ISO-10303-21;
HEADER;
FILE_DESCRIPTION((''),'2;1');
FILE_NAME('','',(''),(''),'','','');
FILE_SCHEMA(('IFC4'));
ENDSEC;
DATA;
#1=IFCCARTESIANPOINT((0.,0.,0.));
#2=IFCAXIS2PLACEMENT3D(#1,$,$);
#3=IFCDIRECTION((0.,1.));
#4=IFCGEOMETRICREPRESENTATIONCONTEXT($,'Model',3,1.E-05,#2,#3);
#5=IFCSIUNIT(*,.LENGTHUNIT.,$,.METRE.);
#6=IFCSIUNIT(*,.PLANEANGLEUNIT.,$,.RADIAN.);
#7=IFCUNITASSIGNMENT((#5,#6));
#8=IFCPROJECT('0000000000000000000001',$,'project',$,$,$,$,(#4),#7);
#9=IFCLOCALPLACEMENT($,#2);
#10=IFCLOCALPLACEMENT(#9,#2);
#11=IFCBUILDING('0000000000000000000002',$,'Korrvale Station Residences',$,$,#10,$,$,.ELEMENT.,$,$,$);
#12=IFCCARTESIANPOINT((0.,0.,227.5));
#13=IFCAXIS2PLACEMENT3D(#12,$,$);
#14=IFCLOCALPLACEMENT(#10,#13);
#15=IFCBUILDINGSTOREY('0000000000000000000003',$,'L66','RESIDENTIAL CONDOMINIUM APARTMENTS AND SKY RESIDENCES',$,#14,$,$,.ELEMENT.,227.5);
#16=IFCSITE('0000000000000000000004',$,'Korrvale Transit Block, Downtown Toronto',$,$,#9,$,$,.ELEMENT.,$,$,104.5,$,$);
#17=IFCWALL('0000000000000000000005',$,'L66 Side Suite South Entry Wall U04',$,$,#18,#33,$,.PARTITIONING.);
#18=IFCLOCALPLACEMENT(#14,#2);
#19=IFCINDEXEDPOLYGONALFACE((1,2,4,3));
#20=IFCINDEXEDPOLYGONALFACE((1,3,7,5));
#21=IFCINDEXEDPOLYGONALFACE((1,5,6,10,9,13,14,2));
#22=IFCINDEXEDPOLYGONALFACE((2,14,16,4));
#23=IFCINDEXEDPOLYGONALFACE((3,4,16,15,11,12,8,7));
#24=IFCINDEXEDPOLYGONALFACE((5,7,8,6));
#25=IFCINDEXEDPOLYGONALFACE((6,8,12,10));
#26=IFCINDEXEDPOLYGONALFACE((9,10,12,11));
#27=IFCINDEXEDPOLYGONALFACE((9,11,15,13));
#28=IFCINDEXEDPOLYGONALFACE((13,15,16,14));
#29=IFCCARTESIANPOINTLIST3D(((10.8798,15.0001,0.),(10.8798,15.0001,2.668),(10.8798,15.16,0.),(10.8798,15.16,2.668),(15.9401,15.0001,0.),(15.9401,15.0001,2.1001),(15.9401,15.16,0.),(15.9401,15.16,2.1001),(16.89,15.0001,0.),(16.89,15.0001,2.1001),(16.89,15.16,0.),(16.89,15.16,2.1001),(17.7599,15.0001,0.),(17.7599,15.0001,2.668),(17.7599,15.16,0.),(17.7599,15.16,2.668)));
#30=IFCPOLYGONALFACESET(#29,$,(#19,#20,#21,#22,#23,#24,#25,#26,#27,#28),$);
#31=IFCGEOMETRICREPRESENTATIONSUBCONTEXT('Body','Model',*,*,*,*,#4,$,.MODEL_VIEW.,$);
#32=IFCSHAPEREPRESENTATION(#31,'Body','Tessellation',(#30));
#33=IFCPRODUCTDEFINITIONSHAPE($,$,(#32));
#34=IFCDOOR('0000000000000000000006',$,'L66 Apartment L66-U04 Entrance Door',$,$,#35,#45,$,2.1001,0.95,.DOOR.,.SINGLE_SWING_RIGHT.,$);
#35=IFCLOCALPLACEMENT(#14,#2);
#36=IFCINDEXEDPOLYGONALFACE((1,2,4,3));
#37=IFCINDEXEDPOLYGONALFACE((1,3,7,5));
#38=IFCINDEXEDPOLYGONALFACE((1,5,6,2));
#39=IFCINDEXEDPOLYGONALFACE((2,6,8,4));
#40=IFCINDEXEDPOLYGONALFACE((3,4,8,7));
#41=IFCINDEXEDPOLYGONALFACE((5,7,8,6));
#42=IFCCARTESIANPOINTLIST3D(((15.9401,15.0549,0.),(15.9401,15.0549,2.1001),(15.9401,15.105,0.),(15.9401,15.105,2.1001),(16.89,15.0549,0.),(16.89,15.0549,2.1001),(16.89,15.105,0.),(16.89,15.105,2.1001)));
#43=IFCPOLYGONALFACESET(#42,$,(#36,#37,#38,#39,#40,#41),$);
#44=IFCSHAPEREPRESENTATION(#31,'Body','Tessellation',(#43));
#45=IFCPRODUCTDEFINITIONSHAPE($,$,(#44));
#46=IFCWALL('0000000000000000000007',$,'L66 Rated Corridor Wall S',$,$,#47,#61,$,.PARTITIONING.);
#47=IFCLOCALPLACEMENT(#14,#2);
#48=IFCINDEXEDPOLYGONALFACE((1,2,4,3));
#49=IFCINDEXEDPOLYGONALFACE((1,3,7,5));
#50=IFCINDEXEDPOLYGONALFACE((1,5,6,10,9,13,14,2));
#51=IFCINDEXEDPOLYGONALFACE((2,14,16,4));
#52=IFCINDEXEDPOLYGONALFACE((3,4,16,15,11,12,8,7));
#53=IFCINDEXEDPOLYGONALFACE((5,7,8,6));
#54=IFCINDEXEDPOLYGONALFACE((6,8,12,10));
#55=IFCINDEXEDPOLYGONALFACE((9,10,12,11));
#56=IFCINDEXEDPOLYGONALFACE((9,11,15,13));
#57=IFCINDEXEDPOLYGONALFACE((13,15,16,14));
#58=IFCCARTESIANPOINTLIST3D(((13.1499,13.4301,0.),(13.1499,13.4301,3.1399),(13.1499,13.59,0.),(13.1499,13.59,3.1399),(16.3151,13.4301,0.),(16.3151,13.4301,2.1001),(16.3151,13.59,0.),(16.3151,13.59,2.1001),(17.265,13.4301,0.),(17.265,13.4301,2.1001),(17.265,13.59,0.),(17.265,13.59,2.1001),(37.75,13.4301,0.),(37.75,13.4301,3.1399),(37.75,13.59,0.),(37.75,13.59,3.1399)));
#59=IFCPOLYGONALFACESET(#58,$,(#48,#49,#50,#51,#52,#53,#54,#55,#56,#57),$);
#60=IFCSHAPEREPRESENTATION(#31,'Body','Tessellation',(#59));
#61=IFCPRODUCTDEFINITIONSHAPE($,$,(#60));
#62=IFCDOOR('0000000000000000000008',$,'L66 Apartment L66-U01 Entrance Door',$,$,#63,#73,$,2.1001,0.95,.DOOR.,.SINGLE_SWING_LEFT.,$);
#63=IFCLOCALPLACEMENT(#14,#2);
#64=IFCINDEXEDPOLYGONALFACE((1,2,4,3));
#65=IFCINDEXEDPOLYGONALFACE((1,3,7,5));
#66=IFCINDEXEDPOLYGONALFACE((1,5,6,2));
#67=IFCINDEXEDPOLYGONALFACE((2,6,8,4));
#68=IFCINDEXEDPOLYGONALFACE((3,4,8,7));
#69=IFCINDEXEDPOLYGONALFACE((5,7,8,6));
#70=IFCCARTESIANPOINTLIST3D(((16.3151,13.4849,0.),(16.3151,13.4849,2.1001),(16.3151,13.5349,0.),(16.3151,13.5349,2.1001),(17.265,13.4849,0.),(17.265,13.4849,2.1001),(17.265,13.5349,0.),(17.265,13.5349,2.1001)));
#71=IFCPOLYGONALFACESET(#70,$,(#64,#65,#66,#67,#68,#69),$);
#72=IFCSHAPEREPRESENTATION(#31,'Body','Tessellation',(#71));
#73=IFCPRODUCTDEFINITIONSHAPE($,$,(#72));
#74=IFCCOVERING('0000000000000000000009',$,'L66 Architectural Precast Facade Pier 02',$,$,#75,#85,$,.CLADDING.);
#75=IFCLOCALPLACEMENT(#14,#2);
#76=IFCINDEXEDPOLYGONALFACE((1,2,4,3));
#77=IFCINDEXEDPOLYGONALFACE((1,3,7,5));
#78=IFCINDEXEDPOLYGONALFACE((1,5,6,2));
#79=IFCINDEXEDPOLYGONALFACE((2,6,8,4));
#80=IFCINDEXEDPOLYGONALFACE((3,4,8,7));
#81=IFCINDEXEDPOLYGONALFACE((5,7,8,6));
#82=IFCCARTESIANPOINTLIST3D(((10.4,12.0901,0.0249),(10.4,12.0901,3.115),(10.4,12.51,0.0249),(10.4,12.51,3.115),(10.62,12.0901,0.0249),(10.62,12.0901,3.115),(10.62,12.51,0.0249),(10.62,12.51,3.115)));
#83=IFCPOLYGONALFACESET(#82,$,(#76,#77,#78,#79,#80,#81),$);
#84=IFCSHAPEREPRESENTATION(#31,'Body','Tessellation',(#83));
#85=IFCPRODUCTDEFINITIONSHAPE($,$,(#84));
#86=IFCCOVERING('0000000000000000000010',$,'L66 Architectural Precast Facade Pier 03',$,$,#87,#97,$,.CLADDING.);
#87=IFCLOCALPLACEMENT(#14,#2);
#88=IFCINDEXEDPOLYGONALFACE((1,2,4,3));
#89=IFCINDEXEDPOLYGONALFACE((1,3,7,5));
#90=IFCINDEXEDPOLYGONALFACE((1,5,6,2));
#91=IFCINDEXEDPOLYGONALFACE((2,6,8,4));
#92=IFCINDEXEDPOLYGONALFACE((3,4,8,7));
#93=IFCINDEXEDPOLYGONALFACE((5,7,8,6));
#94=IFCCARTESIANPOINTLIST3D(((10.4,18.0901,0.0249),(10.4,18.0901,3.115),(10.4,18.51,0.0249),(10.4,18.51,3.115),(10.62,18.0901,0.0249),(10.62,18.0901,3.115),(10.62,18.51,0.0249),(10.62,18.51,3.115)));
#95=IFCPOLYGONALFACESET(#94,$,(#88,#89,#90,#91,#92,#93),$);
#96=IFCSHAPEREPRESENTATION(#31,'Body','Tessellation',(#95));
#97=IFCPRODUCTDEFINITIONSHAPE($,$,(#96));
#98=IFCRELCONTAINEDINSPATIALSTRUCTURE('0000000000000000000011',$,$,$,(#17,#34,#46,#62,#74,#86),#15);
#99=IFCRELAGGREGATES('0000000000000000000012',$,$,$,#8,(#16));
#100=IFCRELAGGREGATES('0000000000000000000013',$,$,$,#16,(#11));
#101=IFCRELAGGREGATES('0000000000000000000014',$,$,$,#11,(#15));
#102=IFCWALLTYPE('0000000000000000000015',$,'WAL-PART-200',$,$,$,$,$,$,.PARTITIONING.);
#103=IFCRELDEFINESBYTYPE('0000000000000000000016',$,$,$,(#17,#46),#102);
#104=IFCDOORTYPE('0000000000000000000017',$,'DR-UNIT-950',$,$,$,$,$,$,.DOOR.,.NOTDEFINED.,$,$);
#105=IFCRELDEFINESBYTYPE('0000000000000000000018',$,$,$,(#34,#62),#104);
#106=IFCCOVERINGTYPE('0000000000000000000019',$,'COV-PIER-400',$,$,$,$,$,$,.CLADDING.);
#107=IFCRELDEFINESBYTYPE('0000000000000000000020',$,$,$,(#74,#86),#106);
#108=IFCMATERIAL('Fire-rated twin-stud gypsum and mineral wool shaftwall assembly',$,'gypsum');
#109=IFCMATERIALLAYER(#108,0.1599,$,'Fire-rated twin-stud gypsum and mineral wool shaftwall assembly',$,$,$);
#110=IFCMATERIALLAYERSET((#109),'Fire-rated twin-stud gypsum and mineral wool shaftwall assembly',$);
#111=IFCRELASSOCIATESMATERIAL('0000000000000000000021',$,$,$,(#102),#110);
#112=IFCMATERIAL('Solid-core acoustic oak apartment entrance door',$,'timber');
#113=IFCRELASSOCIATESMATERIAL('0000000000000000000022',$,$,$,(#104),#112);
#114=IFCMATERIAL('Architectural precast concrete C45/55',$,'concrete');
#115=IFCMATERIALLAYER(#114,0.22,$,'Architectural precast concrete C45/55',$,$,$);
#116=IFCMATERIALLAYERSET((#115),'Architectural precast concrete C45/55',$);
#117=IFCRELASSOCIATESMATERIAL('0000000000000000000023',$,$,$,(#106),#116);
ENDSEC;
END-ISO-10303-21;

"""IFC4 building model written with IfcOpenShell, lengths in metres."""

from ifc_helpers import new_model, si_unit, direction, frame, frame_2d, origin, origin_2d, place, context, subcontext, project, spatial, rectangle, extrude, material, layer, layer_set, type_object, element, fill, save


model = new_model("IFC4")

# Units and contexts
model_context = context("Model", 3, precision=1e-05, world=origin(), true_north=direction((0.0, 1.0)))
body_context = subcontext(model_context, "Body", "Model", "MODEL_VIEW")
ifc_project = project(units=[si_unit("LENGTHUNIT", "METRE"), si_unit("PLANEANGLEUNIT", "RADIAN")], contexts=[model_context])

# Site, building, storey
site_placement = place(None, origin())
site = spatial("IfcSite", under=ifc_project, at=site_placement, Name="Korrvale Transit Block, Downtown Toronto", CompositionType="ELEMENT", RefElevation=104.5)
building_placement = place(site_placement, origin())
building = spatial("IfcBuilding", under=site, at=building_placement, Name="Korrvale Station Residences", CompositionType="ELEMENT")
storey_placement = place(building_placement, frame((0.0, 0.0, 227.5)))
storey = spatial("IfcBuildingStorey", under=building, at=storey_placement, Name="L66", Description="RESIDENTIAL CONDOMINIUM APARTMENTS AND SKY RESIDENCES", CompositionType="ELEMENT", Elevation=227.5)

# Shared definitions
ifc_material_1 = material(Name="Fire-rated twin-stud gypsum and mineral wool shaftwall assembly", Category="gypsum")
ifc_layer_1 = layer(ifc_material_1, 0.1599, Name="Fire-rated twin-stud gypsum and mineral wool shaftwall assembly")
ifc_layer_set_1 = layer_set([ifc_layer_1], Name="Fire-rated twin-stud gypsum and mineral wool shaftwall assembly")
wall_type_1 = type_object("IfcWallType", Name="WAL-PART-200", PredefinedType="PARTITIONING", material=ifc_layer_set_1)

# Walls, openings, doors
wall_1_placement = place(storey_placement, frame((10.8799, 15.0801, 0.0), z_axis=(0.0, 0.0, 1.0), x_axis=(1.0, 0.0, 0.0)))
wall_1 = element("IfcWall", 1, at=wall_1_placement, inside=storey, type_object=wall_type_1, Name="L66 Side Suite South Entry Wall U04", PredefinedType="PARTITIONING", context=body_context, shape_type="SweptSolid", body=[
    extrude(rectangle(XDim=6.8801, YDim=0.1599, at=frame_2d((3.4399, 0.0))), origin(), (0.0, 0.0, 1.0), 2.668),
])
opening_1_placement = place(wall_1_placement, frame((5.0601, 0.0, 0.0)))
opening_1 = element("IfcOpeningElement", 2, at=opening_1_placement, cuts=wall_1, PredefinedType="OPENING", context=body_context, shape_type="SweptSolid", body=[
    extrude(rectangle(XDim=0.95, YDim=2.1001, at=frame_2d((0.4751, 1.05))), frame((0.0, 0.0898, 0.0), z_axis=(0.0, -1.0, 0.0), x_axis=(1.0, 0.0, 0.0)), (0.0, 0.0, 1.0), 0.1799),
])
ifc_material_2 = material(Name="Solid-core acoustic oak apartment entrance door", Category="timber")
door_type_1 = type_object("IfcDoorType", Name="DR-UNIT-950", OperationType="NOTDEFINED", PredefinedType="DOOR", material=ifc_material_2)
door_1_placement = place(opening_1_placement, origin())
door_1 = element("IfcDoor", 3, at=door_1_placement, inside=storey, type_object=door_type_1, Name="L66 Apartment L66-U04 Entrance Door", OperationType="SINGLE_SWING_RIGHT", OverallHeight=2.1001, OverallWidth=0.95, PredefinedType="DOOR", context=body_context, shape_type="SweptSolid", body=[
    extrude(rectangle(XDim=0.95, YDim=2.1001, at=frame_2d((0.4751, 1.05))), frame((0.0, 0.0249, 0.0), z_axis=(0.0, -1.0, 0.0), x_axis=(1.0, 0.0, 0.0)), (0.0, 0.0, 1.0), 0.05),
])
fill(opening_1, door_1)
wall_2_placement = place(storey_placement, frame((13.1499, 13.51, 0.0), z_axis=(0.0, 0.0, 1.0), x_axis=(1.0, 0.0, 0.0)))
wall_2 = element("IfcWall", 4, at=wall_2_placement, inside=storey, type_object=wall_type_1, Name="L66 Rated Corridor Wall S", PredefinedType="PARTITIONING", context=body_context, shape_type="SweptSolid", body=[
    extrude(rectangle(XDim=24.6001, YDim=0.1599, at=frame_2d((12.3, 0.0))), origin(), (0.0, 0.0, 1.0), 3.1399),
])
opening_2_placement = place(wall_2_placement, frame((3.165, 0.0, 0.0)))
opening_2 = element("IfcOpeningElement", 5, at=opening_2_placement, cuts=wall_2, PredefinedType="OPENING", context=body_context, shape_type="SweptSolid", body=[
    extrude(rectangle(XDim=0.95, YDim=2.1001, at=frame_2d((0.4751, 1.05))), frame((0.0, 0.0898, 0.0), z_axis=(0.0, -1.0, 0.0), x_axis=(1.0, 0.0, 0.0)), (0.0, 0.0, 1.0), 0.1799),
])
door_2_placement = place(opening_2_placement, origin())
door_2 = element("IfcDoor", 6, at=door_2_placement, inside=storey, type_object=door_type_1, Name="L66 Apartment L66-U01 Entrance Door", OperationType="SINGLE_SWING_LEFT", OverallHeight=2.1001, OverallWidth=0.95, PredefinedType="DOOR", context=body_context, shape_type="SweptSolid", body=[
    extrude(rectangle(XDim=0.95, YDim=2.1001, at=frame_2d((0.4751, 1.05))), frame((0.0, 0.0249, 0.0), z_axis=(0.0, -1.0, 0.0), x_axis=(1.0, 0.0, 0.0)), (0.0, 0.0, 1.0), 0.05),
])
fill(opening_2, door_2)

# Coverings
ifc_material_3 = material(Name="Architectural precast concrete C45/55", Category="concrete")
ifc_layer_2 = layer(ifc_material_3, 0.22, Name="Architectural precast concrete C45/55")
ifc_layer_set_2 = layer_set([ifc_layer_2], Name="Architectural precast concrete C45/55")
covering_type = type_object("IfcCoveringType", Name="COV-PIER-400", PredefinedType="CLADDING", material=ifc_layer_set_2)
for number, where, z_axis, x_axis, name in (
    (7, (10.51, 12.3, 0.0249), (0.0, 0.0, 1.0), (0.0, 1.0, 0.0), "L66 Architectural Precast Facade Pier 02"),
    (8, (10.51, 18.3, 0.0249), (0.0, 0.0, 1.0), (0.0, 1.0, 0.0), "L66 Architectural Precast Facade Pier 03"),
):
    element("IfcCovering", number, at=place(storey_placement, frame(where, z_axis=z_axis, x_axis=x_axis)), inside=storey, type_object=covering_type, Name=name, PredefinedType="CLADDING", context=body_context, shape_type="SweptSolid", body=[
        extrude(rectangle(XDim=0.4199, YDim=0.22, at=origin_2d()), origin(), (0.0, 0.0, 1.0), 3.0901),
    ])

save(model, "model.ifc")
